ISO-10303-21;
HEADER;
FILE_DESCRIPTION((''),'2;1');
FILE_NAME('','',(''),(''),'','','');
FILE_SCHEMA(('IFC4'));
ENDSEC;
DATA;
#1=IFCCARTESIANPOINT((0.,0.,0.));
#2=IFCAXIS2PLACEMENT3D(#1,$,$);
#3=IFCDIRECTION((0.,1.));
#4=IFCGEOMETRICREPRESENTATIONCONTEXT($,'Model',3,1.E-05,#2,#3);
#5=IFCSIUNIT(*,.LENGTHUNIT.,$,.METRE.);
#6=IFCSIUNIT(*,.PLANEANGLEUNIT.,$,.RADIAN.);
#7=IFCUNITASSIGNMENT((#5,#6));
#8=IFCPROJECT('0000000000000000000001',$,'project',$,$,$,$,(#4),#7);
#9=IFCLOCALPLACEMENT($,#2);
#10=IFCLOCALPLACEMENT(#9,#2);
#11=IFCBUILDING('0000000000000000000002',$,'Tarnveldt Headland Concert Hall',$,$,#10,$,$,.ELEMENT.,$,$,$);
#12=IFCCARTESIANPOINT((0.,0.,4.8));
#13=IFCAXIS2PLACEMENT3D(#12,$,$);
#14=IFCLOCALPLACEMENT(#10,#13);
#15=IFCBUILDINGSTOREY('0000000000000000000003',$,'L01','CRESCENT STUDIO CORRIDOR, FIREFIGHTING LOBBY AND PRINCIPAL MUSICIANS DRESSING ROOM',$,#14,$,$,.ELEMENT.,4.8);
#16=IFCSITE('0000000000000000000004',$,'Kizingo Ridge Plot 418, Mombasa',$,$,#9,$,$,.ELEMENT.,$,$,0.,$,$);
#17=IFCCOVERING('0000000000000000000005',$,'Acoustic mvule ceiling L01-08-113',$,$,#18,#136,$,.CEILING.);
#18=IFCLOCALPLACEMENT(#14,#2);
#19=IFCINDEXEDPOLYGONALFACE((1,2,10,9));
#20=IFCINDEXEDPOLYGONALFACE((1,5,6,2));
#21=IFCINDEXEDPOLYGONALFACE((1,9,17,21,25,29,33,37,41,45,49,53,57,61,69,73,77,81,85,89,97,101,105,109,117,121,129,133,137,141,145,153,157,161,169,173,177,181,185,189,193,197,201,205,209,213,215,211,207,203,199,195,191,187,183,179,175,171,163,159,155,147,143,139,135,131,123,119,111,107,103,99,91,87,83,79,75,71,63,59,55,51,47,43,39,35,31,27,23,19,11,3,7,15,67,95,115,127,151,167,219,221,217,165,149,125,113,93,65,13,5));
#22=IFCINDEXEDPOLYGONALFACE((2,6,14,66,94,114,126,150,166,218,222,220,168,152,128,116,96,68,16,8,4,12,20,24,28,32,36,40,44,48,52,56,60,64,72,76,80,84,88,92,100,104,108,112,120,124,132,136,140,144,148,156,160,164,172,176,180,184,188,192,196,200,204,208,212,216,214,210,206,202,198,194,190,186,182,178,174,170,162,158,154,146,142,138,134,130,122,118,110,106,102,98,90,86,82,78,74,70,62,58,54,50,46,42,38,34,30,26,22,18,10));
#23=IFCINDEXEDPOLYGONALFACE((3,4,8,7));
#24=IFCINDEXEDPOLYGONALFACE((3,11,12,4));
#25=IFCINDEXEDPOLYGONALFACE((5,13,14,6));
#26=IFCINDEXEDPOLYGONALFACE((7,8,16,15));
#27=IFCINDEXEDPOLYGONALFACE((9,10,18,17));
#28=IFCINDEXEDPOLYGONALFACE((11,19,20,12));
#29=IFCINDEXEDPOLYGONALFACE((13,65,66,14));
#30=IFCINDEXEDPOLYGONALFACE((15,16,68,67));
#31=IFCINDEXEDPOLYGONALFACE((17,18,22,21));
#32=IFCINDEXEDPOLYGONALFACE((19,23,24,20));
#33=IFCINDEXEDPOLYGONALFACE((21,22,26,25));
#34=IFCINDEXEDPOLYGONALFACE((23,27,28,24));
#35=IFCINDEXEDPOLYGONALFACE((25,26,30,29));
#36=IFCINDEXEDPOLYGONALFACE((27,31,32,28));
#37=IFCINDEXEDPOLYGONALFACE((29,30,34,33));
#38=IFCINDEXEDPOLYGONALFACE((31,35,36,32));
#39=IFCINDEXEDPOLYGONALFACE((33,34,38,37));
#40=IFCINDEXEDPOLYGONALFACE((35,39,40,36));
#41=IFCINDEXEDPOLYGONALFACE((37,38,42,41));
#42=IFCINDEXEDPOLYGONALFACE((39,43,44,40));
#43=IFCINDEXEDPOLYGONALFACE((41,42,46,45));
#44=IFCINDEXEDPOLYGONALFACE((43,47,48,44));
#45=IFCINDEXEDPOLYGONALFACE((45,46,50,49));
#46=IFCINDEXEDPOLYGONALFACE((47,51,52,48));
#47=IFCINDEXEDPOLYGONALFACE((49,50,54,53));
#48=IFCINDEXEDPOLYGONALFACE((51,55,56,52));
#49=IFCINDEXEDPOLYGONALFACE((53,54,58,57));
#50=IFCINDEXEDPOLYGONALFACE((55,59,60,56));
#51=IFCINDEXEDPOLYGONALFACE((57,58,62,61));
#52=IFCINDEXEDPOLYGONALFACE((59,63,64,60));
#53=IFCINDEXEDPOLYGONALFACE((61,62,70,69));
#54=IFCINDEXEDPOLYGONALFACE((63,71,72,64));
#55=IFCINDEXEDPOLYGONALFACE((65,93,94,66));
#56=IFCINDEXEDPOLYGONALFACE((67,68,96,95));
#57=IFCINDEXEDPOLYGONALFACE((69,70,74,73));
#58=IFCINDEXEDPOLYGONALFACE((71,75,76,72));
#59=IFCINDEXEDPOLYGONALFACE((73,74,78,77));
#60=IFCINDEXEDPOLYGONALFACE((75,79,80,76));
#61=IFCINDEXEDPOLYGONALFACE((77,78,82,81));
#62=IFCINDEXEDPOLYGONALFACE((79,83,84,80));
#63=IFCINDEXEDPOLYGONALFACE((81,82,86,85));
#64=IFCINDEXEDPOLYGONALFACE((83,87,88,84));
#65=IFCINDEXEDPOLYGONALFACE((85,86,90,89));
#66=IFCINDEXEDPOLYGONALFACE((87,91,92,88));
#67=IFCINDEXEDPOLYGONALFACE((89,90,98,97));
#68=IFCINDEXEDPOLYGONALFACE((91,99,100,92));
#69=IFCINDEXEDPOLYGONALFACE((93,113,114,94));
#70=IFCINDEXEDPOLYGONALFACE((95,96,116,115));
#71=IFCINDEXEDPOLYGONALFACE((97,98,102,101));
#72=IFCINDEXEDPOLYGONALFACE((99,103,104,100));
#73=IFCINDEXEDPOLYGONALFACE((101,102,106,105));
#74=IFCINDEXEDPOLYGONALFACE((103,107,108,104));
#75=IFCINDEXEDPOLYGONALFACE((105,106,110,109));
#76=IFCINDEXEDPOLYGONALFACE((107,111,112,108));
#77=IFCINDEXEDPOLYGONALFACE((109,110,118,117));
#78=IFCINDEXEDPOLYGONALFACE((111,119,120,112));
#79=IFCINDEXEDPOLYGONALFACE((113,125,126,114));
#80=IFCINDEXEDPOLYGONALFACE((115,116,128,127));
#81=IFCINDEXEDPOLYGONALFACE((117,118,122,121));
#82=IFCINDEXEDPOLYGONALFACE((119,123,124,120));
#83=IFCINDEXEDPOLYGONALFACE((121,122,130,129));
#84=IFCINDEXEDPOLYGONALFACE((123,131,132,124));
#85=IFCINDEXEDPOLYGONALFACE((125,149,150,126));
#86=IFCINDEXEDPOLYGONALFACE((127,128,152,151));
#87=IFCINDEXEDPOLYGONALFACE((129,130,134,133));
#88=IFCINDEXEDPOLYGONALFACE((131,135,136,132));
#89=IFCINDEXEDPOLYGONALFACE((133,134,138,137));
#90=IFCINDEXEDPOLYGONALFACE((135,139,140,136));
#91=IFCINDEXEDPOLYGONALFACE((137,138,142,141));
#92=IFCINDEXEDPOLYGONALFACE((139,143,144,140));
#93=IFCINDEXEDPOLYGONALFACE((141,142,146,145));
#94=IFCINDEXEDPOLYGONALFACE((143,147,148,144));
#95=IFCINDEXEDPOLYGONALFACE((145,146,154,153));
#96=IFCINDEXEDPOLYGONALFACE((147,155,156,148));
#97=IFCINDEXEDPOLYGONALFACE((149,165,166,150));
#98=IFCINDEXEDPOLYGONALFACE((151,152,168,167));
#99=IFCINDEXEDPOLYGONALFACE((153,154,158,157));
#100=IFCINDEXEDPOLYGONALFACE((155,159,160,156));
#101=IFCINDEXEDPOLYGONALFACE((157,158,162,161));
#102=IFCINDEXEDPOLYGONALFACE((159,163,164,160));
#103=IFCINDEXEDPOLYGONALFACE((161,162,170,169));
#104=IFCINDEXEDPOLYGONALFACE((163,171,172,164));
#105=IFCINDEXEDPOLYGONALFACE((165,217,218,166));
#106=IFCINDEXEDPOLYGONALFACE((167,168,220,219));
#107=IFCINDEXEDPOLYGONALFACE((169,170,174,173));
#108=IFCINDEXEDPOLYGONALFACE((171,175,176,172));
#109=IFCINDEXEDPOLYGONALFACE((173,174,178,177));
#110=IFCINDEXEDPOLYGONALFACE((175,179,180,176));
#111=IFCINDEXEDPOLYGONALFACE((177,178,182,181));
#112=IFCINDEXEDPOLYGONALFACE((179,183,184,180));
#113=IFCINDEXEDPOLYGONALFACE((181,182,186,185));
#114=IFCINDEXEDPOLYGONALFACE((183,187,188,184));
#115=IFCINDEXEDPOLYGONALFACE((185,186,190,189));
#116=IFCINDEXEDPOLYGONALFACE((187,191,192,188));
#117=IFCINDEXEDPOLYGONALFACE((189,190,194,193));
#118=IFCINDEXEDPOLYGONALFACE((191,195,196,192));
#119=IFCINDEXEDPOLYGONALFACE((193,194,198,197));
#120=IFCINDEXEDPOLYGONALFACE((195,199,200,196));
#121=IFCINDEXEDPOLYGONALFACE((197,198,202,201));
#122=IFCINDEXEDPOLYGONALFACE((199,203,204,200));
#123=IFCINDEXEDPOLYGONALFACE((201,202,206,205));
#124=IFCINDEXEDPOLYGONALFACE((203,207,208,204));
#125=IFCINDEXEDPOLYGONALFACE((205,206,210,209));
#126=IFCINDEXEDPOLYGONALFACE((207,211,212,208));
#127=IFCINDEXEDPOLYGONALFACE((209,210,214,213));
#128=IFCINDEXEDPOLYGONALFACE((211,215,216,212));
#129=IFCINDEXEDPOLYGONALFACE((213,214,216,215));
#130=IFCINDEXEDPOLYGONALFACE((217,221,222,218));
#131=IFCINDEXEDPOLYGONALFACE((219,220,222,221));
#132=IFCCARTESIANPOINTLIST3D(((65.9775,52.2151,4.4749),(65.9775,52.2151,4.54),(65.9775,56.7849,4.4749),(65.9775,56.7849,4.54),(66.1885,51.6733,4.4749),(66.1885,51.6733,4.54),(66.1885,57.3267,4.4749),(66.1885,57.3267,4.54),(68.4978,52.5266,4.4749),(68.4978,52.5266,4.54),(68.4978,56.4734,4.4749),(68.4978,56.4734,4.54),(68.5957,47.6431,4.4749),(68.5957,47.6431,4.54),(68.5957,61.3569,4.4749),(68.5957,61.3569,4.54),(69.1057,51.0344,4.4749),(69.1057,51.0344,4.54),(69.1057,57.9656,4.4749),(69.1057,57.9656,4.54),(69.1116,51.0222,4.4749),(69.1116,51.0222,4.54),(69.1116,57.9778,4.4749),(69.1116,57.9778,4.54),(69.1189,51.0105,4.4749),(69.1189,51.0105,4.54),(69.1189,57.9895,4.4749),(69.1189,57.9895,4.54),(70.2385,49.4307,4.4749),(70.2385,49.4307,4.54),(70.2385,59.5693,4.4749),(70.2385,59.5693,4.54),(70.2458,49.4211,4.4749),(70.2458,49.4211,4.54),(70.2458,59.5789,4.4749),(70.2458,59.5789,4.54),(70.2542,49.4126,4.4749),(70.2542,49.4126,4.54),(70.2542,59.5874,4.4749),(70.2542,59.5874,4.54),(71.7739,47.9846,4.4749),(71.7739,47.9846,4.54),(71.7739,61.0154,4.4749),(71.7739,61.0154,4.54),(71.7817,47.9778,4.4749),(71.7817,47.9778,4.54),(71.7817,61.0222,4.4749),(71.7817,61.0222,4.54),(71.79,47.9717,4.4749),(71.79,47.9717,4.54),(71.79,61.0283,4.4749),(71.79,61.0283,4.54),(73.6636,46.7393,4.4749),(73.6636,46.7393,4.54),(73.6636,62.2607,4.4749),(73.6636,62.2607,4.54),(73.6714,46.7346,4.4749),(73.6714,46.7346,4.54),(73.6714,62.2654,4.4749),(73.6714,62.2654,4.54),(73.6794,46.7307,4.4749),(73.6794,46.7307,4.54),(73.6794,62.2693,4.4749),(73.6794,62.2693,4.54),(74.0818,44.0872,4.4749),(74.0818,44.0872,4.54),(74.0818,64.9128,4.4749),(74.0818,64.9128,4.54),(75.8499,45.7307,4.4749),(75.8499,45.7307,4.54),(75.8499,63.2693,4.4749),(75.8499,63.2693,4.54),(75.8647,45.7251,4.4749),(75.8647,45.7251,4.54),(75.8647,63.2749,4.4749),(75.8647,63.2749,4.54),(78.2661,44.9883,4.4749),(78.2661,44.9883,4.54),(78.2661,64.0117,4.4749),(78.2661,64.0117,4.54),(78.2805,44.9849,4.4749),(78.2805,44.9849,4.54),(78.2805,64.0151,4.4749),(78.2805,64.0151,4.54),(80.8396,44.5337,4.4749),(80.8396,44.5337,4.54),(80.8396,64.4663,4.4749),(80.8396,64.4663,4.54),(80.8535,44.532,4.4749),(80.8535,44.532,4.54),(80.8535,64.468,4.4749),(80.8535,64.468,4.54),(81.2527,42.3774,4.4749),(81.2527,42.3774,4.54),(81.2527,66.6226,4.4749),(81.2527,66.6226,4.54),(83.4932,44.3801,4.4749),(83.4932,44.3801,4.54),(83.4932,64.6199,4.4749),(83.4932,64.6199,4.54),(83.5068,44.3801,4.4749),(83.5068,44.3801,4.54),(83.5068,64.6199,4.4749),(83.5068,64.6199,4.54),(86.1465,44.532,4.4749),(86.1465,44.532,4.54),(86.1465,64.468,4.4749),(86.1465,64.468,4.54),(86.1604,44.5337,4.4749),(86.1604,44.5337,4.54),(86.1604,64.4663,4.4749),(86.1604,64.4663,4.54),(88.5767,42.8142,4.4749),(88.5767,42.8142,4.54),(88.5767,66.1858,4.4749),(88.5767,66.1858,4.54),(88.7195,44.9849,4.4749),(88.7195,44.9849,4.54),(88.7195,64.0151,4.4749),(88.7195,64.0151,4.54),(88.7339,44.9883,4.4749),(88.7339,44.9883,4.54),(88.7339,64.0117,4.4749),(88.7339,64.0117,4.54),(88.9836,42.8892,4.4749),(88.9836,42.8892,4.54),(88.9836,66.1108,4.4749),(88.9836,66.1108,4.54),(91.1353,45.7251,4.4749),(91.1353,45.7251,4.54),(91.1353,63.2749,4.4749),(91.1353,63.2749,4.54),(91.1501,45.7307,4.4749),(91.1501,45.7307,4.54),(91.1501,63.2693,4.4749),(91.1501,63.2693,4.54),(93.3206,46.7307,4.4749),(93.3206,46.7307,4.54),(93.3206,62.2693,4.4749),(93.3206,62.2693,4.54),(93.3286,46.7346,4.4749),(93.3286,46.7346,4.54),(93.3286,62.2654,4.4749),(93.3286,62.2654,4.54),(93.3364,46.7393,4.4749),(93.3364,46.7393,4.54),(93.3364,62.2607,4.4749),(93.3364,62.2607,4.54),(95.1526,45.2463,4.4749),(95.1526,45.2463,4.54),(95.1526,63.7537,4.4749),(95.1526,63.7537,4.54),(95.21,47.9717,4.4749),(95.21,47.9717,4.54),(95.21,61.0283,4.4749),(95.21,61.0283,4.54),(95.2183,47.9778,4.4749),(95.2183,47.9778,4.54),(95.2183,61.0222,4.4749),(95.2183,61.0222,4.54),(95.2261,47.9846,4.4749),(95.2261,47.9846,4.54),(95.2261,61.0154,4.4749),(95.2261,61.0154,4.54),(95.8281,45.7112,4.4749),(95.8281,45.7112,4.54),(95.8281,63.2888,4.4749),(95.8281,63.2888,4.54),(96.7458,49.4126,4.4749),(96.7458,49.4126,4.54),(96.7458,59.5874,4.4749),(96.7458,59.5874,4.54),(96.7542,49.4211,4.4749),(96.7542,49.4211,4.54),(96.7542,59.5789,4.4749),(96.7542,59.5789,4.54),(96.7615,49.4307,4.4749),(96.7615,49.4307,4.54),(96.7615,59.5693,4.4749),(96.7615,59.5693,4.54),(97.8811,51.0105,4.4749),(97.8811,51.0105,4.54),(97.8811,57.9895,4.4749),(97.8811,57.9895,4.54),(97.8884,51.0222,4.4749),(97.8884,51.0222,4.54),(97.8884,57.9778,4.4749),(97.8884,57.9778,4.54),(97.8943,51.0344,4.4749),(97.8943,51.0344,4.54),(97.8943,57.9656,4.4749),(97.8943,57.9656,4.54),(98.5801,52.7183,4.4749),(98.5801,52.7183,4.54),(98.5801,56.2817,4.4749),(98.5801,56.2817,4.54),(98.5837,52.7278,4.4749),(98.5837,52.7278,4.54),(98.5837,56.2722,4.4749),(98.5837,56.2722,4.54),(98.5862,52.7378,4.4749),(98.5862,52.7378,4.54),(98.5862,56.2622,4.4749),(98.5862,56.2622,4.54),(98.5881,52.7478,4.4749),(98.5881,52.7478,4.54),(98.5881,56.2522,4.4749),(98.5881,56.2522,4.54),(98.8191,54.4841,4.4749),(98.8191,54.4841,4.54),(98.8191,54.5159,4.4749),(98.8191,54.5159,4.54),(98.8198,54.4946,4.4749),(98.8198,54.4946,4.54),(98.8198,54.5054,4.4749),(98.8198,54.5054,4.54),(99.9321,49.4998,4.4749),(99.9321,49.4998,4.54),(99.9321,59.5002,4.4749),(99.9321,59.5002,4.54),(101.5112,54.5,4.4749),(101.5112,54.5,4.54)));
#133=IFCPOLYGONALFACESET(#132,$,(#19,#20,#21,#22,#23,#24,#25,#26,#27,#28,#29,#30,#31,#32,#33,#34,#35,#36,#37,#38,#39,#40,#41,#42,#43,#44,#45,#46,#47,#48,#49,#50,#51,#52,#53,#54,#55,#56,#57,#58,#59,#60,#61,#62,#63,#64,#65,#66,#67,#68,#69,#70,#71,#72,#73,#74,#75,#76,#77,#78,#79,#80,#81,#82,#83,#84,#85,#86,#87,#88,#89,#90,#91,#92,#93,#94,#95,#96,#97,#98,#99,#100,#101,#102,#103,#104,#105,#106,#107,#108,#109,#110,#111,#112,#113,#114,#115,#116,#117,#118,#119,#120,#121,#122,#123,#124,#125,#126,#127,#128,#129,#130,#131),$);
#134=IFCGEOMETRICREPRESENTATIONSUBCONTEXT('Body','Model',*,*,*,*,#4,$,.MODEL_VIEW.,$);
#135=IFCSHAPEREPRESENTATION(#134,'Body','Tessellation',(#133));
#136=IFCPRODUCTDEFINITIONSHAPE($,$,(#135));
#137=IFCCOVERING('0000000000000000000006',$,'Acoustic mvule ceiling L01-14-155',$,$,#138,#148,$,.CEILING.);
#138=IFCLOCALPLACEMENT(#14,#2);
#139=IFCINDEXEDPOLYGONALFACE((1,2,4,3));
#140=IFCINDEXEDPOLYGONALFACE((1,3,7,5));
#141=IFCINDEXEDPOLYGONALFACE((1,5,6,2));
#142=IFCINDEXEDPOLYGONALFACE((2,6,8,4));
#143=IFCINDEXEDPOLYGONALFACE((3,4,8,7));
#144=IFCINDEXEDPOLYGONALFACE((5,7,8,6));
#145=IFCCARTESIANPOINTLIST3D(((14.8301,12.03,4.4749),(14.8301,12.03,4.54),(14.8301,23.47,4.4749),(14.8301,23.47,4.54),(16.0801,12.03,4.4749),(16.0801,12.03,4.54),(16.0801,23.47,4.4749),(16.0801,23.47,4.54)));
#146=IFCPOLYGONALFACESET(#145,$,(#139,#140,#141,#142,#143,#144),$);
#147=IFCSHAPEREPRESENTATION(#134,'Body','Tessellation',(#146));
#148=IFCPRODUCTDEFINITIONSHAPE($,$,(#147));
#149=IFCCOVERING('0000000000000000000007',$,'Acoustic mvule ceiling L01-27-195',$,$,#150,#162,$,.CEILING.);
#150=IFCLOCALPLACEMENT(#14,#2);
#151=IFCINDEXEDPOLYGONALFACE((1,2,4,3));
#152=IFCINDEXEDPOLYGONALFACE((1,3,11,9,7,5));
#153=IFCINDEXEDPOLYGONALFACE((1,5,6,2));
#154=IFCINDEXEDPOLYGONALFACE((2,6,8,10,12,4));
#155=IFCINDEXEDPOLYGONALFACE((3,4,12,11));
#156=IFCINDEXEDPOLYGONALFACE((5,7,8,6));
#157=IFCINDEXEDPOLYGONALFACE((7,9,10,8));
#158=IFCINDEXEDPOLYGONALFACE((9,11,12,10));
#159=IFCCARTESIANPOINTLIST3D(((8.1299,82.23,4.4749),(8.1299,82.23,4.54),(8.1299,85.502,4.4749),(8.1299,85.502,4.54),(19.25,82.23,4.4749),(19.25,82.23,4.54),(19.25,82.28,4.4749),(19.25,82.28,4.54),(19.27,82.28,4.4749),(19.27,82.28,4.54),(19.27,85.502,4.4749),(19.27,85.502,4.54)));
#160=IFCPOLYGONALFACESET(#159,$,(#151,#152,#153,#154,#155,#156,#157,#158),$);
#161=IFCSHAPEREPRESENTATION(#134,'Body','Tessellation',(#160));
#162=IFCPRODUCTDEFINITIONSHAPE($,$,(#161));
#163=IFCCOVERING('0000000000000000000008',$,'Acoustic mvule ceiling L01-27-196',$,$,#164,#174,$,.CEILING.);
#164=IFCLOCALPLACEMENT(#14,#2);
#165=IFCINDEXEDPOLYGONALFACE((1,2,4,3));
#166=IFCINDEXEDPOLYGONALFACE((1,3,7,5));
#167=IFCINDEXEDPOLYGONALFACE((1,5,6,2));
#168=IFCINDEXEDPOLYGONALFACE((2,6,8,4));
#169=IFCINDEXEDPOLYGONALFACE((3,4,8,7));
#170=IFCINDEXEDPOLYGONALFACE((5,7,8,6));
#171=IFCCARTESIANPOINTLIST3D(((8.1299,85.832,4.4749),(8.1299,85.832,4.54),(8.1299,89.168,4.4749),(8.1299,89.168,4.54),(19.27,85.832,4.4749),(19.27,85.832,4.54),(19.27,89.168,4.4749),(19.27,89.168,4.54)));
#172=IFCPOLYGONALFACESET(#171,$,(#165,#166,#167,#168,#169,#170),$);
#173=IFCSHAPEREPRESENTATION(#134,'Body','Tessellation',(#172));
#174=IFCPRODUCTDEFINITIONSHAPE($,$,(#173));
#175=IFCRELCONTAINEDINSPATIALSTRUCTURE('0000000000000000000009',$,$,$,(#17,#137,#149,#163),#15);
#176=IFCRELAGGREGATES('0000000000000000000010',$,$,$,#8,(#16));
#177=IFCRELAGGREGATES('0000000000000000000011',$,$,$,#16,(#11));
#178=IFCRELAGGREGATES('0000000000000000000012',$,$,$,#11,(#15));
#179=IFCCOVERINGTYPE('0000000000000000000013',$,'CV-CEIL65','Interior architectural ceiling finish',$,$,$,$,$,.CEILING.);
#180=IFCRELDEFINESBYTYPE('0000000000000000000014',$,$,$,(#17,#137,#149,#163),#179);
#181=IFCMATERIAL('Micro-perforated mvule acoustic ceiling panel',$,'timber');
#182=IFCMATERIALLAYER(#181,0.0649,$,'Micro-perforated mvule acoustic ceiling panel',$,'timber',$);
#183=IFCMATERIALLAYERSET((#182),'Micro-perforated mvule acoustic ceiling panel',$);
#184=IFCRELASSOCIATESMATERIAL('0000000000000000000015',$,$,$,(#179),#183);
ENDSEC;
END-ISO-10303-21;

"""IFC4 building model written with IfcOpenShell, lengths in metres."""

from ifc_helpers import new_model, si_unit, direction, frame, origin, place, context, subcontext, project, spatial, polyline, outline, extrude, material, layer, layer_set, type_object, element, save


model = new_model("IFC4")

# Units and contexts
model_context = context("Model", 3, precision=1e-05, world=origin(), true_north=direction((0.0, 1.0)))
body_context = subcontext(model_context, "Body", "Model", "MODEL_VIEW")
ifc_project = project(units=[si_unit("LENGTHUNIT", "METRE"), si_unit("PLANEANGLEUNIT", "RADIAN")], contexts=[model_context])

# Site, building, storey
site_placement = place(None, origin())
site = spatial("IfcSite", under=ifc_project, at=site_placement, Name="Kizingo Ridge Plot 418, Mombasa", CompositionType="ELEMENT", RefElevation=0.0)
building_placement = place(site_placement, origin())
building = spatial("IfcBuilding", under=site, at=building_placement, Name="Tarnveldt Headland Concert Hall", CompositionType="ELEMENT")
storey_placement = place(building_placement, frame((0.0, 0.0, 4.8)))
storey = spatial("IfcBuildingStorey", under=building, at=storey_placement, Name="L01", Description="CRESCENT STUDIO CORRIDOR, FIREFIGHTING LOBBY AND PRINCIPAL MUSICIANS DRESSING ROOM", CompositionType="ELEMENT", Elevation=4.8)

# Coverings
ifc_material_1 = material(Name="Micro-perforated mvule acoustic ceiling panel", Category="timber")
ifc_layer_1 = layer(ifc_material_1, 0.0649, Name="Micro-perforated mvule acoustic ceiling panel", Category="timber")
ifc_layer_set_1 = layer_set([ifc_layer_1], Name="Micro-perforated mvule acoustic ceiling panel")
covering_type_1 = type_object("IfcCoveringType", Name="CV-CEIL65", Description="Interior architectural ceiling finish", PredefinedType="CEILING", material=ifc_layer_set_1)
covering_1_placement = place(storey_placement, frame((0.0, 0.0, 4.4749)))
element("IfcCovering", 1, at=covering_1_placement, inside=storey, type_object=covering_type_1, Name="Acoustic mvule ceiling L01-08-113", PredefinedType="CEILING", context=body_context, shape_type="SweptSolid", body=[
    extrude(outline(polyline([(65.9775, 56.7849), (66.1885, 57.3267), (68.5957, 61.3569), (74.0818, 64.9128), (81.2527, 66.6226), (88.5767, 66.1858), (88.9836, 66.1108), (95.1526, 63.7537), (95.8281, 63.2888), (99.9321, 59.5002), (101.5112, 54.5), (99.9321, 49.4998), (95.8281, 45.7112), (95.1526, 45.2463), (88.9836, 42.8892), (88.5767, 42.8142), (81.2527, 42.3774), (74.0818, 44.0872), (68.5957, 47.6431), (66.1885, 51.6733), (65.9775, 52.2151), (68.4978, 52.5266), (69.1057, 51.0344), (69.1116, 51.0222), (69.1189, 51.0105), (70.2385, 49.4307), (70.2458, 49.4211), (70.2542, 49.4126), (71.7739, 47.9846), (71.7817, 47.9778), (71.79, 47.9717), (73.6636, 46.7393), (73.6714, 46.7346), (73.6794, 46.7307), (75.8499, 45.7307), (75.8647, 45.7251), (78.2661, 44.9883), (78.2805, 44.9849), (80.8396, 44.5337), (80.8535, 44.532), (83.4932, 44.3801), (83.5068, 44.3801), (86.1465, 44.532), (86.1604, 44.5337), (88.7195, 44.9849), (88.7339, 44.9883), (91.1353, 45.7251), (91.1501, 45.7307), (93.3206, 46.7307), (93.3286, 46.7346), (93.3364, 46.7393), (95.21, 47.9717), (95.2183, 47.9778), (95.2261, 47.9846), (96.7458, 49.4126), (96.7542, 49.4211), (96.7615, 49.4307), (97.8811, 51.0105), (97.8884, 51.0222), (97.8943, 51.0344), (98.5801, 52.7183), (98.5837, 52.7278), (98.5862, 52.7378), (98.5881, 52.7478), (98.8191, 54.4841), (98.8198, 54.4946), (98.8198, 54.5054), (98.8191, 54.5159), (98.5881, 56.2522), (98.5862, 56.2622), (98.5837, 56.2722), (98.5801, 56.2817), (97.8943, 57.9656), (97.8884, 57.9778), (97.8811, 57.9895), (96.7615, 59.5693), (96.7542, 59.5789), (96.7458, 59.5874), (95.2261, 61.0154), (95.2183, 61.0222), (95.21, 61.0283), (93.3364, 62.2607), (93.3286, 62.2654), (93.3206, 62.2693), (91.1501, 63.2693), (91.1353, 63.2749), (88.7339, 64.0117), (88.7195, 64.0151), (86.1604, 64.4663), (86.1465, 64.468), (83.5068, 64.6199), (83.4932, 64.6199), (80.8535, 64.468), (80.8396, 64.4663), (78.2805, 64.0151), (78.2661, 64.0117), (75.8647, 63.2749), (75.8499, 63.2693), (73.6794, 62.2693), (73.6714, 62.2654), (73.6636, 62.2607), (71.79, 61.0283), (71.7817, 61.0222), (71.7739, 61.0154), (70.2542, 59.5874), (70.2458, 59.5789), (70.2385, 59.5693), (69.1189, 57.9895), (69.1116, 57.9778), (69.1057, 57.9656), (68.4978, 56.4734), (65.9775, 56.7849)])), origin(), (0.0, 0.0, 1.0), 0.0652),
])
covering_2_placement = place(storey_placement, frame((0.0, 0.0, 4.4749)))
element("IfcCovering", 2, at=covering_2_placement, inside=storey, type_object=covering_type_1, Name="Acoustic mvule ceiling L01-14-155", PredefinedType="CEILING", context=body_context, shape_type="SweptSolid", body=[
    extrude(outline(polyline([(14.8301, 23.47), (16.0801, 23.47), (16.0801, 12.03), (14.8301, 12.03), (14.8301, 23.47)])), origin(), (0.0, 0.0, 1.0), 0.0652),
])
covering_3_placement = place(storey_placement, frame((0.0, 0.0, 4.4749)))
element("IfcCovering", 3, at=covering_3_placement, inside=storey, type_object=covering_type_1, Name="Acoustic mvule ceiling L01-27-195", PredefinedType="CEILING", context=body_context, shape_type="SweptSolid", body=[
    extrude(outline(polyline([(8.1299, 82.23), (8.1299, 85.502), (19.27, 85.502), (19.27, 82.28), (19.25, 82.28), (19.25, 82.23), (8.1299, 82.23)])), origin(), (0.0, 0.0, 1.0), 0.0652),
])
covering_4_placement = place(storey_placement, frame((0.0, 0.0, 4.4749)))
element("IfcCovering", 4, at=covering_4_placement, inside=storey, type_object=covering_type_1, Name="Acoustic mvule ceiling L01-27-196", PredefinedType="CEILING", context=body_context, shape_type="SweptSolid", body=[
    extrude(outline(polyline([(8.1299, 89.168), (19.27, 89.168), (19.27, 85.832), (8.1299, 85.832), (8.1299, 89.168)])), origin(), (0.0, 0.0, 1.0), 0.0652),
])

save(model, "model.ifc")
